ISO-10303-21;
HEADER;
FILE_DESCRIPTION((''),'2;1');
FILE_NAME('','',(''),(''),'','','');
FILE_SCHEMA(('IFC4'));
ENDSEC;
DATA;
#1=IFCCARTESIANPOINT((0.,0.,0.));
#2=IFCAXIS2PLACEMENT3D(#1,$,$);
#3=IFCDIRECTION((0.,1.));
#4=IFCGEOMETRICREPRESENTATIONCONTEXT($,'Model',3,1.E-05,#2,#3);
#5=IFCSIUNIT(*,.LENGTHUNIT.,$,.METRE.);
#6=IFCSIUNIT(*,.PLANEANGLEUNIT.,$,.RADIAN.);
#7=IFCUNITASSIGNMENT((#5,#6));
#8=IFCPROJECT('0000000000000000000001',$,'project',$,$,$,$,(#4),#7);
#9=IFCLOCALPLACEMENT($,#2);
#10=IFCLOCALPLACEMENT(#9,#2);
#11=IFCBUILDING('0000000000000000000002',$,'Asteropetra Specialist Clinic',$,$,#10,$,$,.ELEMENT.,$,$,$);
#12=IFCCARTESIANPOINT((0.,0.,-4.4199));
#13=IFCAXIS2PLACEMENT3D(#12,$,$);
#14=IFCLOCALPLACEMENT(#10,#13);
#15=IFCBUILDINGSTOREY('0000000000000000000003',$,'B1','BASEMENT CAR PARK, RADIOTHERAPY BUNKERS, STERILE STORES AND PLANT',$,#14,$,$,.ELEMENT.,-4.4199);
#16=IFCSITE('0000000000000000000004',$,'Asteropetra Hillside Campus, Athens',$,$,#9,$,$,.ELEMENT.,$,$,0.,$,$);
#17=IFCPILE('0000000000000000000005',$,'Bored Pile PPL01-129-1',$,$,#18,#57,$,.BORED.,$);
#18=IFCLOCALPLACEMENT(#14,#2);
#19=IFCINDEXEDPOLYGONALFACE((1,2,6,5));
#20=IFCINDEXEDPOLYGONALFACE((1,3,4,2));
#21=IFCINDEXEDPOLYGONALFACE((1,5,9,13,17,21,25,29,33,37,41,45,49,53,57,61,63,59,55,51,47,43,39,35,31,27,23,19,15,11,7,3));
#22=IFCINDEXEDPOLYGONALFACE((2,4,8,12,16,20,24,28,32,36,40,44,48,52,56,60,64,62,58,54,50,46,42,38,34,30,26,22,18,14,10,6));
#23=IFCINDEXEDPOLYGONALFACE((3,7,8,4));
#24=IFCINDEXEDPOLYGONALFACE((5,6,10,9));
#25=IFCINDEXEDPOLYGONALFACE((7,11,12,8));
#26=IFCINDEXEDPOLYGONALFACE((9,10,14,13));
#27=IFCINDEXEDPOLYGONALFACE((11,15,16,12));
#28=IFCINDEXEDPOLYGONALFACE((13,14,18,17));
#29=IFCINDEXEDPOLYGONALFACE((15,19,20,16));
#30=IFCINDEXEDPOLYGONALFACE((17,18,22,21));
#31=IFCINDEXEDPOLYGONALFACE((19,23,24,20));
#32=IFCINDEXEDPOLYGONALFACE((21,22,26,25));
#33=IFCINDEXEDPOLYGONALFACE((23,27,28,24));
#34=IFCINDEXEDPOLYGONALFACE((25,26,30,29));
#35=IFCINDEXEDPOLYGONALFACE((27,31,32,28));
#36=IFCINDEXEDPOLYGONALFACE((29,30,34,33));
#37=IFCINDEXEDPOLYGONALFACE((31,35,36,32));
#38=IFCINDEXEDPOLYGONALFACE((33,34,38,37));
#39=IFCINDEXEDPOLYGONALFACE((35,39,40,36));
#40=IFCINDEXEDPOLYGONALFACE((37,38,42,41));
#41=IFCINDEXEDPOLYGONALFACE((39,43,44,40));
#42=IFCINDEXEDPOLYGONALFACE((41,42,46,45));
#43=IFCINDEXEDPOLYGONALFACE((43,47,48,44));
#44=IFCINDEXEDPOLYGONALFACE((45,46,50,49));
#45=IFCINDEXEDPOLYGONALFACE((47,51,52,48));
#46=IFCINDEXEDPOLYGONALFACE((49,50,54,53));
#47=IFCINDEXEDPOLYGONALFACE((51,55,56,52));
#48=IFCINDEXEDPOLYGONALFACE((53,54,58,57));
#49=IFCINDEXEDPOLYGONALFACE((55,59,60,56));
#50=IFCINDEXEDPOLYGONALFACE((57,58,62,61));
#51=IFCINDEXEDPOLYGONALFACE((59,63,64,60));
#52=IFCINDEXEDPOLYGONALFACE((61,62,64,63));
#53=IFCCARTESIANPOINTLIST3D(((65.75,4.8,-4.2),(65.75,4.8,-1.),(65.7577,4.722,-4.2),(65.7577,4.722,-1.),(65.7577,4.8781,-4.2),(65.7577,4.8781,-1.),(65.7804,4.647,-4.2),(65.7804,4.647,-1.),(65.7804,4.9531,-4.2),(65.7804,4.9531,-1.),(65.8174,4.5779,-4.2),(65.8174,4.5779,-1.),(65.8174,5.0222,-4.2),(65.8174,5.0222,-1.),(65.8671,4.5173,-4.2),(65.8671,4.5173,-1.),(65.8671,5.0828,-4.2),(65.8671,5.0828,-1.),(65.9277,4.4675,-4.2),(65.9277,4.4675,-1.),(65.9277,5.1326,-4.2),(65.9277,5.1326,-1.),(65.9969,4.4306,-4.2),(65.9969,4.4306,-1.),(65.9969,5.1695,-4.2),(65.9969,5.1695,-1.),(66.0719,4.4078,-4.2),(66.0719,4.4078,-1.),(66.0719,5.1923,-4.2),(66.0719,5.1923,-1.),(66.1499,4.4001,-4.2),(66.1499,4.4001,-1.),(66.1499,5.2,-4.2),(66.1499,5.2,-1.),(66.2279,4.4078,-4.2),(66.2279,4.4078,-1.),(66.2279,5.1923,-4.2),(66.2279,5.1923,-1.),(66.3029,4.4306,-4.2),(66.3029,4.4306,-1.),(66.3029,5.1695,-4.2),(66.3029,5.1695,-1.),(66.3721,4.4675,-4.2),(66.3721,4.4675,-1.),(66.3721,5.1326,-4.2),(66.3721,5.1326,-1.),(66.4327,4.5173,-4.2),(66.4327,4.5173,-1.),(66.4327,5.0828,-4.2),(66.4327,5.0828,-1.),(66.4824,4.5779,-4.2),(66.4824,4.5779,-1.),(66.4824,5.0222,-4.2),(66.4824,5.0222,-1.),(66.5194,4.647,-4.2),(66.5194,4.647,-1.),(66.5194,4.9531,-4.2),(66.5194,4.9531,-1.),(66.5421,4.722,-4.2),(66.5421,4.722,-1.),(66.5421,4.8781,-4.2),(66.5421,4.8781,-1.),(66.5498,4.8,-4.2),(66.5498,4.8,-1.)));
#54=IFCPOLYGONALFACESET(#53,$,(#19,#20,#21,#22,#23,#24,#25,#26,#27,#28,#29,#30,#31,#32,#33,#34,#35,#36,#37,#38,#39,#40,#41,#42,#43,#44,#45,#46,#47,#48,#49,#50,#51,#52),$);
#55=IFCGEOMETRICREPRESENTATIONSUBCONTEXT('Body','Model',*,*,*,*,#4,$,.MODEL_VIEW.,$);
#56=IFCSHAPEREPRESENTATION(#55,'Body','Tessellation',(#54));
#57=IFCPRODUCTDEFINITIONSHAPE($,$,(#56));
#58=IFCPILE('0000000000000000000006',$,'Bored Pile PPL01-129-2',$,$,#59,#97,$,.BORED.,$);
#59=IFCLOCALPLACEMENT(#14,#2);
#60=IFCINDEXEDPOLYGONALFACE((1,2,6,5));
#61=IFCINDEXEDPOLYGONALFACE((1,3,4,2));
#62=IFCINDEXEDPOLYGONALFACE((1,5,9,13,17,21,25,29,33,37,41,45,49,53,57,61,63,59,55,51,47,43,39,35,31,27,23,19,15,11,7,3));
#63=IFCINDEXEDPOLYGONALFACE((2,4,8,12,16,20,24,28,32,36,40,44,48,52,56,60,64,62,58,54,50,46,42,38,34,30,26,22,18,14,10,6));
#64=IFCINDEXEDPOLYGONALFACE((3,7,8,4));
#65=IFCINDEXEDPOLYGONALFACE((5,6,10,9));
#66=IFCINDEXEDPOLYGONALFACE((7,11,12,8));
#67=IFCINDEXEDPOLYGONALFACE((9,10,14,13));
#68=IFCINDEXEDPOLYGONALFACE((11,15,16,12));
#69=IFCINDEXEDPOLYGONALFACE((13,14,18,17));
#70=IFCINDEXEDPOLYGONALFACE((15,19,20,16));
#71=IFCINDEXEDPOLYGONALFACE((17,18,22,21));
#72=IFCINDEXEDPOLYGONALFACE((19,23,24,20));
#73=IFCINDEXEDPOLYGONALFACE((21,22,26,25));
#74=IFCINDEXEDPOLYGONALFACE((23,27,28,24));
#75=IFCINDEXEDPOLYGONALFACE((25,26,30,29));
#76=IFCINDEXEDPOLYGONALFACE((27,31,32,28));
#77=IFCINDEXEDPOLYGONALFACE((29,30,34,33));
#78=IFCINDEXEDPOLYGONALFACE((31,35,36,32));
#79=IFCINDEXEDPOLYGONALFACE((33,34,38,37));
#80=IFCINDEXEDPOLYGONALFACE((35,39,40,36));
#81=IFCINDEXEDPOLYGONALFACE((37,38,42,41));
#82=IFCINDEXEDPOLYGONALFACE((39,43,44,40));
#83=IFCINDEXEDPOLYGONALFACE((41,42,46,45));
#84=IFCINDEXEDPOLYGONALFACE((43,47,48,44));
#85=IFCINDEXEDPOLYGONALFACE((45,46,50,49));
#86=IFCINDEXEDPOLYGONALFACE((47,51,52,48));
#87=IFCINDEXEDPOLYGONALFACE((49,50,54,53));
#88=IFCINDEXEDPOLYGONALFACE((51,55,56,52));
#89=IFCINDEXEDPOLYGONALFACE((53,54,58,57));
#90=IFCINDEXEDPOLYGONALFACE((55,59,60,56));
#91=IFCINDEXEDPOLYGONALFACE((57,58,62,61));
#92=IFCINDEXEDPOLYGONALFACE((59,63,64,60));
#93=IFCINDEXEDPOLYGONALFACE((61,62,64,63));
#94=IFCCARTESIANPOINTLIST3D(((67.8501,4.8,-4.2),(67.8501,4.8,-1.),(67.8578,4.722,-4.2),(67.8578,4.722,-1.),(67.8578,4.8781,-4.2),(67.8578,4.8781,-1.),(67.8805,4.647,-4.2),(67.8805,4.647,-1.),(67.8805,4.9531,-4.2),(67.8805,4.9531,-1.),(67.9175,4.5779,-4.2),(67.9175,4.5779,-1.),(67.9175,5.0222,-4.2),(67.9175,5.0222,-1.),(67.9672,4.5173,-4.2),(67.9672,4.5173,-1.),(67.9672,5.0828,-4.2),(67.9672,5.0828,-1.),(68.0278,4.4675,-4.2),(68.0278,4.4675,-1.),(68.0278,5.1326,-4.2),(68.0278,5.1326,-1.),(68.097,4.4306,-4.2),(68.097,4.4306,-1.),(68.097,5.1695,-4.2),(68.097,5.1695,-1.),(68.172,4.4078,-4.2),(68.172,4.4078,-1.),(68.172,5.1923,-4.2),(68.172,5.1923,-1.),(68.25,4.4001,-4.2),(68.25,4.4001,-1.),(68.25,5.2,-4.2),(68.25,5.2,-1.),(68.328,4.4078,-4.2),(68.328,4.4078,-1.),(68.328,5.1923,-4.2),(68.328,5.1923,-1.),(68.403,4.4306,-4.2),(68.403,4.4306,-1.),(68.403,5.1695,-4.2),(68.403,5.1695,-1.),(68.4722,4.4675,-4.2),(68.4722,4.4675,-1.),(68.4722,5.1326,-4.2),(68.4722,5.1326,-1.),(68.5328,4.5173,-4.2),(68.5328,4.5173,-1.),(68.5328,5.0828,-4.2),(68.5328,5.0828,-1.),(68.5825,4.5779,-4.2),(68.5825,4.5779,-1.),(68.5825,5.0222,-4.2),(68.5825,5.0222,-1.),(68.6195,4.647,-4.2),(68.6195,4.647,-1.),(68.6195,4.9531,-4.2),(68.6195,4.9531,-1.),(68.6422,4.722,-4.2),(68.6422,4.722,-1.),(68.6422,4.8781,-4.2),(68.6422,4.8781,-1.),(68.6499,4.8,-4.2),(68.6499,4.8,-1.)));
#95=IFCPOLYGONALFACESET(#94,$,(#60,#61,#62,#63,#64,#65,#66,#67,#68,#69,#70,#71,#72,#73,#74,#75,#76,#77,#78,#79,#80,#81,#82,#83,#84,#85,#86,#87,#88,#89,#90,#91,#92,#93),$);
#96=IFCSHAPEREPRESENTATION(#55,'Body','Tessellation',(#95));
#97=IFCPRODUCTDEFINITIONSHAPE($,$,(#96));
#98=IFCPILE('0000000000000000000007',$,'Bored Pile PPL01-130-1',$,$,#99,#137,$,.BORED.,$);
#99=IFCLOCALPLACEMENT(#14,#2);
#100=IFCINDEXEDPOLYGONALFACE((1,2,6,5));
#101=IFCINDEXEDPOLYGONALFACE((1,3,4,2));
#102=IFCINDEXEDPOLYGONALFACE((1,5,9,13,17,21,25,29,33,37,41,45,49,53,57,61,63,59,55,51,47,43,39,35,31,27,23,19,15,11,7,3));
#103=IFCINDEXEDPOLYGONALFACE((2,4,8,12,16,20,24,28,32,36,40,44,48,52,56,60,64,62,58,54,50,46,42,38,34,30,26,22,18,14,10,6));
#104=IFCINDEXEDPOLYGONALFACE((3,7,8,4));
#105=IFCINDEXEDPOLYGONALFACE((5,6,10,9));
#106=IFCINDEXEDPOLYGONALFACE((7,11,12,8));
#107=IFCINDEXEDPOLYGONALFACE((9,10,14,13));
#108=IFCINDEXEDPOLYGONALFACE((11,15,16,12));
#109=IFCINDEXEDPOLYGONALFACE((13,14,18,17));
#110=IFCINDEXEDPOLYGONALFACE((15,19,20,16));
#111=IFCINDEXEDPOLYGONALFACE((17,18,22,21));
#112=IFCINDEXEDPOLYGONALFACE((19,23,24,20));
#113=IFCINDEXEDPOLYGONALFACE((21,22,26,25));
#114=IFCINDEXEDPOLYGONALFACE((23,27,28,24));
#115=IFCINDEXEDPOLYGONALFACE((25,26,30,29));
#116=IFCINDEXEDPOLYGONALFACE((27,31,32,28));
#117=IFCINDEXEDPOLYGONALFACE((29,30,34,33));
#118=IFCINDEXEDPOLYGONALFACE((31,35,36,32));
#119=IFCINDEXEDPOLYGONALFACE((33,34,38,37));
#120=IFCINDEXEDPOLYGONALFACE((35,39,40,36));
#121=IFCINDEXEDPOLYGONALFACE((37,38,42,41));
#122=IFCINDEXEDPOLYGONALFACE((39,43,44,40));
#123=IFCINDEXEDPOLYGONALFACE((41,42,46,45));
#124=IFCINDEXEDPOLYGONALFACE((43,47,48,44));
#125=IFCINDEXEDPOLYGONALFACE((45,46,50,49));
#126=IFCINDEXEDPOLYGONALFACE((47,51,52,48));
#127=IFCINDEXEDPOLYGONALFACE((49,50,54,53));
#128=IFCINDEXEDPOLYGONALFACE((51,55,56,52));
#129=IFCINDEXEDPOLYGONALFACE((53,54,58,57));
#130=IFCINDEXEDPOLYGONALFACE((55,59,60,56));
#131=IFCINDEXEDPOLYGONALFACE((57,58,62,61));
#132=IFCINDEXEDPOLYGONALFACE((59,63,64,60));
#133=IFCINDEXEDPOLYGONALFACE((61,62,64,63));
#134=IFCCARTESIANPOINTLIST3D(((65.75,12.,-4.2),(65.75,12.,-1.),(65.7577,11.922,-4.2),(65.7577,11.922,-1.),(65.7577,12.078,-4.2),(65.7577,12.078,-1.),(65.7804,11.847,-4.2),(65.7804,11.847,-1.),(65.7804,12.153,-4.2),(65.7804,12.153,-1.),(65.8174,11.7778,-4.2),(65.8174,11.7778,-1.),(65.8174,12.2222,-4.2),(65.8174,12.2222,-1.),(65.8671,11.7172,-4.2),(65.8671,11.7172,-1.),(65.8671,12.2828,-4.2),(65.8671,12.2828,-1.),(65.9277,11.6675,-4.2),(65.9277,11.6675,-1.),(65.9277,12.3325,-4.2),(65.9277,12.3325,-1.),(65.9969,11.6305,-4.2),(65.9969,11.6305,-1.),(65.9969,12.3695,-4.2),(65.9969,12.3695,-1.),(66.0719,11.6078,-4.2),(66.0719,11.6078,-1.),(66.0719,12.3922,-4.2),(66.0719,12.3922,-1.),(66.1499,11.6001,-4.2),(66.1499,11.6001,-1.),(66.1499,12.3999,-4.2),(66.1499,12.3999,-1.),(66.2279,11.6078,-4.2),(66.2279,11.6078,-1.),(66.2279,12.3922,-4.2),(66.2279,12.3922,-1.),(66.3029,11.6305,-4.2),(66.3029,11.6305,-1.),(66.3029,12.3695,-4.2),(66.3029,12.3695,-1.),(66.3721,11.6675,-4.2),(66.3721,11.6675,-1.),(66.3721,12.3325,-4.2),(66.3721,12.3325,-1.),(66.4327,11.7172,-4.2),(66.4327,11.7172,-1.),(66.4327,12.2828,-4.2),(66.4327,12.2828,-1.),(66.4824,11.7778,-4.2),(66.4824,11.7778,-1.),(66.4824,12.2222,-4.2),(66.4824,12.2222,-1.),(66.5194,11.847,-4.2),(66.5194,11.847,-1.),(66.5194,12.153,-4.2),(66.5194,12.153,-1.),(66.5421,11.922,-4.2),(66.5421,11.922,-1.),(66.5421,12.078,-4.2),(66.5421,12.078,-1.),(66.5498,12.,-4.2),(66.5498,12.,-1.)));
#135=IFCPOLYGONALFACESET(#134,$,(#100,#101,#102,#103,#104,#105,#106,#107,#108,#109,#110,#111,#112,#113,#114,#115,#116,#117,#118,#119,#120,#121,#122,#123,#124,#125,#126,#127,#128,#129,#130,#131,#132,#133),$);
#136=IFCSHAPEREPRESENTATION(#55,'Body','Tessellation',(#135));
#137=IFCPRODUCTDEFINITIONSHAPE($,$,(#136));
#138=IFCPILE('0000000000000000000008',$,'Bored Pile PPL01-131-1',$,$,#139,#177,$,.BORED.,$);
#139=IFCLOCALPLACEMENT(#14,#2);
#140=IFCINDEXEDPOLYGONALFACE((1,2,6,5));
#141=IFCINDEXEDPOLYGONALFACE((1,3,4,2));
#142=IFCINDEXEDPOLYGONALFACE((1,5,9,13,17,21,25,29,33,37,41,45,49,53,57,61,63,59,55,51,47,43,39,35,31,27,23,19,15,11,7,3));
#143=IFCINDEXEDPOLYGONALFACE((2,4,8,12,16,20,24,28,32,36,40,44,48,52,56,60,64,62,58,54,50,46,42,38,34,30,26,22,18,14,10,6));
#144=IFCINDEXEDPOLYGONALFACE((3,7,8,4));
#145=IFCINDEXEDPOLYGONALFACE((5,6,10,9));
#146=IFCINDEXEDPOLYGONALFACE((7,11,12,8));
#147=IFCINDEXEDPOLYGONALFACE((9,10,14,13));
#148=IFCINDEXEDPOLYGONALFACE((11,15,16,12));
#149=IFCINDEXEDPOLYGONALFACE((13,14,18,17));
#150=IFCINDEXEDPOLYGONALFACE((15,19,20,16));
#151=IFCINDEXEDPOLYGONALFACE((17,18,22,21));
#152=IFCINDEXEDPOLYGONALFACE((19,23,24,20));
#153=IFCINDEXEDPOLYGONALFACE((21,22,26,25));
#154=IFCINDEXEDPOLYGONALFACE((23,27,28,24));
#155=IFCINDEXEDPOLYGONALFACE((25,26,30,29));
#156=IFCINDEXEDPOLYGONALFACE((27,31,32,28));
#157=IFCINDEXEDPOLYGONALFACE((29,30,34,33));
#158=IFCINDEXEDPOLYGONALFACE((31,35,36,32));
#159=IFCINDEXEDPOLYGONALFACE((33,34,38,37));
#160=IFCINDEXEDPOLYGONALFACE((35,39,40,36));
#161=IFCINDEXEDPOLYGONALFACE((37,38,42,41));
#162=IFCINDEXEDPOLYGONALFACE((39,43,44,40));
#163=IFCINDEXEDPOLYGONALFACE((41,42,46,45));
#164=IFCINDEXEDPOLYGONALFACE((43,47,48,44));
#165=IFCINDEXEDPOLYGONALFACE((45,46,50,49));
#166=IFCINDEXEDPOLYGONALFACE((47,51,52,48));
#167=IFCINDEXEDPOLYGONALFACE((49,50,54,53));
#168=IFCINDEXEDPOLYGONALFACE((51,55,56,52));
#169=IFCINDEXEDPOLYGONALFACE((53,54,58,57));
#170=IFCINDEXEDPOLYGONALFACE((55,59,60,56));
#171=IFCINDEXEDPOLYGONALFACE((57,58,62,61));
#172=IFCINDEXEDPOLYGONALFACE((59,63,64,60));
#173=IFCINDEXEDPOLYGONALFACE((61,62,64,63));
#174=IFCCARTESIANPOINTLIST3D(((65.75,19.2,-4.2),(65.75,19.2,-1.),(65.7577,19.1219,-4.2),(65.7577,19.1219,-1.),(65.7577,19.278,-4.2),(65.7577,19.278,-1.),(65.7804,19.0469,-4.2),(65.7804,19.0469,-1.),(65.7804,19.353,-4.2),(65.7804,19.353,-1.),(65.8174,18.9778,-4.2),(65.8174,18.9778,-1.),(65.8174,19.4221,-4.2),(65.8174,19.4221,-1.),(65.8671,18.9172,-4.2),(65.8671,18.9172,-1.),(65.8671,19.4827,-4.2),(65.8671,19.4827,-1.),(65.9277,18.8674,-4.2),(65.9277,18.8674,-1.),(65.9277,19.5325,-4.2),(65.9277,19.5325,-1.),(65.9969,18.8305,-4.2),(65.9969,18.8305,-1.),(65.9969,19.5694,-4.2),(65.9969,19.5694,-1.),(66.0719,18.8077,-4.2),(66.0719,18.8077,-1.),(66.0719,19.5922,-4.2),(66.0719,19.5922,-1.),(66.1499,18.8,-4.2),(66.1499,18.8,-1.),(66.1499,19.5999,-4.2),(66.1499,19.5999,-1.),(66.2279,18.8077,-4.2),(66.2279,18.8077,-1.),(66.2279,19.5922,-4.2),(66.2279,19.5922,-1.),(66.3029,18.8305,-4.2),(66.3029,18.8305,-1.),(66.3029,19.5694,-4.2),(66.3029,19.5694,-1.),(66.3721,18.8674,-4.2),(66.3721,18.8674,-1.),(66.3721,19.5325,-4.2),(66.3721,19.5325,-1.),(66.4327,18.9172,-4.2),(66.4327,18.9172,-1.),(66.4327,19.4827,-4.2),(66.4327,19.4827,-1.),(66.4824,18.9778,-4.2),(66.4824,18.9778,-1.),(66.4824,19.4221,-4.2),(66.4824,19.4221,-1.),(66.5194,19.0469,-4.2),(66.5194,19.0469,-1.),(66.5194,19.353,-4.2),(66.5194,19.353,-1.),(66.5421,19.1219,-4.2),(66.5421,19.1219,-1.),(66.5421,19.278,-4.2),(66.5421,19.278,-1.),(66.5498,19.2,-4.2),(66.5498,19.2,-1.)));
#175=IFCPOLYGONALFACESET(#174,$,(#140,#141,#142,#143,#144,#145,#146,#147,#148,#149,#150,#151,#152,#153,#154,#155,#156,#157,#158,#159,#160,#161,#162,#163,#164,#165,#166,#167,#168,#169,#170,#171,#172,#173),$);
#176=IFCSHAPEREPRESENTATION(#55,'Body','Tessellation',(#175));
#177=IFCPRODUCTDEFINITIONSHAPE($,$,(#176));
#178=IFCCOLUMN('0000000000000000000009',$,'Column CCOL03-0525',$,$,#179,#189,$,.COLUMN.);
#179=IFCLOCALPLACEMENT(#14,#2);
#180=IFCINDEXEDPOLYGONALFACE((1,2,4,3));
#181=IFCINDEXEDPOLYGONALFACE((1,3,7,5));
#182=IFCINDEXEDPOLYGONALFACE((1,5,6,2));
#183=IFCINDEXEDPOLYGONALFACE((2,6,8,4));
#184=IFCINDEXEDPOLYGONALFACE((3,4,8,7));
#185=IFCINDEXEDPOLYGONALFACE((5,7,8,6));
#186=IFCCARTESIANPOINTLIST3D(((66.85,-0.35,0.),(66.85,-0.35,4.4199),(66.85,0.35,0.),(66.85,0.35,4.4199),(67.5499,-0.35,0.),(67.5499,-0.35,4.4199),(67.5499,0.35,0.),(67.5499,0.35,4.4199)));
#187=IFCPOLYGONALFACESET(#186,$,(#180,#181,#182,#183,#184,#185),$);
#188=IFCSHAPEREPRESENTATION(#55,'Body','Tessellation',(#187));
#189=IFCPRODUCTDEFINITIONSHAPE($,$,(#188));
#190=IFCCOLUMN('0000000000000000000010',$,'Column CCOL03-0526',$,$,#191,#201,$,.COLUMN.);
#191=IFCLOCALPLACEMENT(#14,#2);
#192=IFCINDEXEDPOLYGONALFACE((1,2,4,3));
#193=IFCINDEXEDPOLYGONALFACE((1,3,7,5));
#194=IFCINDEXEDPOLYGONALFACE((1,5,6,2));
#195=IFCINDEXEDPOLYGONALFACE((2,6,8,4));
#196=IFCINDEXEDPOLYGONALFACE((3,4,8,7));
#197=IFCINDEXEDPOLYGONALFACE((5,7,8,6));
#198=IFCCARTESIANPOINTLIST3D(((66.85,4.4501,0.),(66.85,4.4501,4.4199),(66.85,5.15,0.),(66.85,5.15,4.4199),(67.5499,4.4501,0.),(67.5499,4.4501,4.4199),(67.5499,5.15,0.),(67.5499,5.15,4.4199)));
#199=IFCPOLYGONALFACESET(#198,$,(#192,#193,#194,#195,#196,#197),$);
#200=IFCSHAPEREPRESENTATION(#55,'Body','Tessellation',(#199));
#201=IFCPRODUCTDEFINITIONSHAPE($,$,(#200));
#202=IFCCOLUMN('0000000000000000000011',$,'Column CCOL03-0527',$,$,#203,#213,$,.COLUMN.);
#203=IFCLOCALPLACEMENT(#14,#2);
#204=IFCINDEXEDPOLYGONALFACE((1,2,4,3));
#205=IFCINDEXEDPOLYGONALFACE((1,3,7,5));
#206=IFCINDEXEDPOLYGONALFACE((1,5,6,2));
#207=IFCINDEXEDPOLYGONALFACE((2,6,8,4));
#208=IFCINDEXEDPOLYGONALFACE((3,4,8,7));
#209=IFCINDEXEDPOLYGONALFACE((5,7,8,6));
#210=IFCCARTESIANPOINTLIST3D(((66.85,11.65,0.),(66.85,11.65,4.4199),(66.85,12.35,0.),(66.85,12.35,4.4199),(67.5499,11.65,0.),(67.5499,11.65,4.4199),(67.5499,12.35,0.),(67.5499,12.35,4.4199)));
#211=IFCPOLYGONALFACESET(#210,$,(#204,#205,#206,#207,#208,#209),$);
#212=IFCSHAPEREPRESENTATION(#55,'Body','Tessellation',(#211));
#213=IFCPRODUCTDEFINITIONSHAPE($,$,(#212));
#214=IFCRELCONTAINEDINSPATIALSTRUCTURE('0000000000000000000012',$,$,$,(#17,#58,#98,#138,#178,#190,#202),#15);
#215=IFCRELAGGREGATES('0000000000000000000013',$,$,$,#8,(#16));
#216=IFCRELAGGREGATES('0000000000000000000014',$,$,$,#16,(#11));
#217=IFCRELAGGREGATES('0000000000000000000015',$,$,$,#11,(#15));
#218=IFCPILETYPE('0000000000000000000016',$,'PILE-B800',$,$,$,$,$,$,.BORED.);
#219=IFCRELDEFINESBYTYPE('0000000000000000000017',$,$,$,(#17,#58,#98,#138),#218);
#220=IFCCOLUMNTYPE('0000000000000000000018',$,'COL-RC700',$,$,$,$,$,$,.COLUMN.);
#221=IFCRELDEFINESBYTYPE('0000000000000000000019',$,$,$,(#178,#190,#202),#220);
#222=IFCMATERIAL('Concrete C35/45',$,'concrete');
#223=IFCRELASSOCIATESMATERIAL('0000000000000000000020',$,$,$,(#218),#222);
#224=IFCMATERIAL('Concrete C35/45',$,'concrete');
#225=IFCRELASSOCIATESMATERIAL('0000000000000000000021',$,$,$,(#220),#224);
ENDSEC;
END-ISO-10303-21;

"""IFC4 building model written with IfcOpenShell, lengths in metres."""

from ifc_helpers import new_model, si_unit, direction, frame, origin, origin_2d, place, context, subcontext, project, spatial, rectangle, circle, extrude, material, material_profile, profile_set, type_object, element, save


model = new_model("IFC4")

# Units and contexts
model_context = context("Model", 3, precision=1e-05, world=origin(), true_north=direction((0.0, 1.0)))
body_context = subcontext(model_context, "Body", "Model", "MODEL_VIEW")
ifc_project = project(units=[si_unit("LENGTHUNIT", "METRE"), si_unit("PLANEANGLEUNIT", "RADIAN")], contexts=[model_context])

# Site, building, storey
site_placement = place(None, origin())
site = spatial("IfcSite", under=ifc_project, at=site_placement, Name="Asteropetra Hillside Campus, Athens", CompositionType="ELEMENT", RefElevation=0.0)
building_placement = place(site_placement, origin())
building = spatial("IfcBuilding", under=site, at=building_placement, Name="Asteropetra Specialist Clinic", CompositionType="ELEMENT")
storey_placement = place(building_placement, frame((0.0, 0.0, -4.4199)))
storey = spatial("IfcBuildingStorey", under=building, at=storey_placement, Name="B1", Description="BASEMENT CAR PARK, RADIOTHERAPY BUNKERS, STERILE STORES AND PLANT", CompositionType="ELEMENT", Elevation=-4.4199)

# Piles
ifc_material_1 = material(Name="Concrete C35/45", Category="concrete")
ifc_material_profile_1 = material_profile(ifc_material_1, circle(Radius=0.3999, at=origin_2d()), Name="PILE D800")
ifc_profile_set_1 = profile_set([ifc_material_profile_1], Name="Concrete C35/45")
pile_type = type_object("IfcPileType", Name="PILE-B800", PredefinedType="BORED", material=ifc_profile_set_1)
for number, where, z_axis, x_axis, name in (
    (1, (66.1499, 4.8, -1.0), (0.0, 0.0, -1.0), (1.0, 0.0, 0.0), "Bored Pile PPL01-129-1"),
    (2, (68.25, 4.8, -1.0), (0.0, 0.0, -1.0), (1.0, 0.0, 0.0), "Bored Pile PPL01-129-2"),
    (3, (66.1499, 12.0, -1.0), (0.0, 0.0, -1.0), (1.0, 0.0, 0.0), "Bored Pile PPL01-130-1"),
    (4, (66.1499, 19.2, -1.0), (0.0, 0.0, -1.0), (1.0, 0.0, 0.0), "Bored Pile PPL01-131-1"),
):
    element("IfcPile", number, at=place(storey_placement, frame(where, z_axis=z_axis, x_axis=x_axis)), inside=storey, type_object=pile_type, Name=name, PredefinedType="BORED", context=body_context, shape_type="SweptSolid", body=[
        extrude(circle(Radius=0.3999, at=origin_2d()), origin(), (0.0, 0.0, 1.0), 3.2),
    ])

# Columns
ifc_material_2 = material(Name="Concrete C35/45", Category="concrete")
ifc_material_profile_2 = material_profile(ifc_material_2, rectangle(XDim=0.7, YDim=0.7, at=origin_2d()), Name="RC 700x700")
ifc_profile_set_2 = profile_set([ifc_material_profile_2], Name="Concrete C35/45")
column_type = type_object("IfcColumnType", Name="COL-RC700", PredefinedType="COLUMN", material=ifc_profile_set_2)
for number, where, z_axis, x_axis, name in (
    (5, (67.2, 0.0, 0.0), (0.0, 0.0, 1.0), (1.0, 0.0, 0.0), "Column CCOL03-0525"),
    (6, (67.2, 4.8, 0.0), (0.0, 0.0, 1.0), (1.0, 0.0, 0.0), "Column CCOL03-0526"),
    (7, (67.2, 12.0, 0.0), (0.0, 0.0, 1.0), (1.0, 0.0, 0.0), "Column CCOL03-0527"),
):
    element("IfcColumn", number, at=place(storey_placement, frame(where, z_axis=z_axis, x_axis=x_axis)), inside=storey, type_object=column_type, Name=name, PredefinedType="COLUMN", context=body_context, shape_type="SweptSolid", body=[
        extrude(rectangle(XDim=0.7, YDim=0.7, at=origin_2d()), origin(), (0.0, 0.0, 1.0), 4.4199),
    ])

save(model, "model.ifc")
